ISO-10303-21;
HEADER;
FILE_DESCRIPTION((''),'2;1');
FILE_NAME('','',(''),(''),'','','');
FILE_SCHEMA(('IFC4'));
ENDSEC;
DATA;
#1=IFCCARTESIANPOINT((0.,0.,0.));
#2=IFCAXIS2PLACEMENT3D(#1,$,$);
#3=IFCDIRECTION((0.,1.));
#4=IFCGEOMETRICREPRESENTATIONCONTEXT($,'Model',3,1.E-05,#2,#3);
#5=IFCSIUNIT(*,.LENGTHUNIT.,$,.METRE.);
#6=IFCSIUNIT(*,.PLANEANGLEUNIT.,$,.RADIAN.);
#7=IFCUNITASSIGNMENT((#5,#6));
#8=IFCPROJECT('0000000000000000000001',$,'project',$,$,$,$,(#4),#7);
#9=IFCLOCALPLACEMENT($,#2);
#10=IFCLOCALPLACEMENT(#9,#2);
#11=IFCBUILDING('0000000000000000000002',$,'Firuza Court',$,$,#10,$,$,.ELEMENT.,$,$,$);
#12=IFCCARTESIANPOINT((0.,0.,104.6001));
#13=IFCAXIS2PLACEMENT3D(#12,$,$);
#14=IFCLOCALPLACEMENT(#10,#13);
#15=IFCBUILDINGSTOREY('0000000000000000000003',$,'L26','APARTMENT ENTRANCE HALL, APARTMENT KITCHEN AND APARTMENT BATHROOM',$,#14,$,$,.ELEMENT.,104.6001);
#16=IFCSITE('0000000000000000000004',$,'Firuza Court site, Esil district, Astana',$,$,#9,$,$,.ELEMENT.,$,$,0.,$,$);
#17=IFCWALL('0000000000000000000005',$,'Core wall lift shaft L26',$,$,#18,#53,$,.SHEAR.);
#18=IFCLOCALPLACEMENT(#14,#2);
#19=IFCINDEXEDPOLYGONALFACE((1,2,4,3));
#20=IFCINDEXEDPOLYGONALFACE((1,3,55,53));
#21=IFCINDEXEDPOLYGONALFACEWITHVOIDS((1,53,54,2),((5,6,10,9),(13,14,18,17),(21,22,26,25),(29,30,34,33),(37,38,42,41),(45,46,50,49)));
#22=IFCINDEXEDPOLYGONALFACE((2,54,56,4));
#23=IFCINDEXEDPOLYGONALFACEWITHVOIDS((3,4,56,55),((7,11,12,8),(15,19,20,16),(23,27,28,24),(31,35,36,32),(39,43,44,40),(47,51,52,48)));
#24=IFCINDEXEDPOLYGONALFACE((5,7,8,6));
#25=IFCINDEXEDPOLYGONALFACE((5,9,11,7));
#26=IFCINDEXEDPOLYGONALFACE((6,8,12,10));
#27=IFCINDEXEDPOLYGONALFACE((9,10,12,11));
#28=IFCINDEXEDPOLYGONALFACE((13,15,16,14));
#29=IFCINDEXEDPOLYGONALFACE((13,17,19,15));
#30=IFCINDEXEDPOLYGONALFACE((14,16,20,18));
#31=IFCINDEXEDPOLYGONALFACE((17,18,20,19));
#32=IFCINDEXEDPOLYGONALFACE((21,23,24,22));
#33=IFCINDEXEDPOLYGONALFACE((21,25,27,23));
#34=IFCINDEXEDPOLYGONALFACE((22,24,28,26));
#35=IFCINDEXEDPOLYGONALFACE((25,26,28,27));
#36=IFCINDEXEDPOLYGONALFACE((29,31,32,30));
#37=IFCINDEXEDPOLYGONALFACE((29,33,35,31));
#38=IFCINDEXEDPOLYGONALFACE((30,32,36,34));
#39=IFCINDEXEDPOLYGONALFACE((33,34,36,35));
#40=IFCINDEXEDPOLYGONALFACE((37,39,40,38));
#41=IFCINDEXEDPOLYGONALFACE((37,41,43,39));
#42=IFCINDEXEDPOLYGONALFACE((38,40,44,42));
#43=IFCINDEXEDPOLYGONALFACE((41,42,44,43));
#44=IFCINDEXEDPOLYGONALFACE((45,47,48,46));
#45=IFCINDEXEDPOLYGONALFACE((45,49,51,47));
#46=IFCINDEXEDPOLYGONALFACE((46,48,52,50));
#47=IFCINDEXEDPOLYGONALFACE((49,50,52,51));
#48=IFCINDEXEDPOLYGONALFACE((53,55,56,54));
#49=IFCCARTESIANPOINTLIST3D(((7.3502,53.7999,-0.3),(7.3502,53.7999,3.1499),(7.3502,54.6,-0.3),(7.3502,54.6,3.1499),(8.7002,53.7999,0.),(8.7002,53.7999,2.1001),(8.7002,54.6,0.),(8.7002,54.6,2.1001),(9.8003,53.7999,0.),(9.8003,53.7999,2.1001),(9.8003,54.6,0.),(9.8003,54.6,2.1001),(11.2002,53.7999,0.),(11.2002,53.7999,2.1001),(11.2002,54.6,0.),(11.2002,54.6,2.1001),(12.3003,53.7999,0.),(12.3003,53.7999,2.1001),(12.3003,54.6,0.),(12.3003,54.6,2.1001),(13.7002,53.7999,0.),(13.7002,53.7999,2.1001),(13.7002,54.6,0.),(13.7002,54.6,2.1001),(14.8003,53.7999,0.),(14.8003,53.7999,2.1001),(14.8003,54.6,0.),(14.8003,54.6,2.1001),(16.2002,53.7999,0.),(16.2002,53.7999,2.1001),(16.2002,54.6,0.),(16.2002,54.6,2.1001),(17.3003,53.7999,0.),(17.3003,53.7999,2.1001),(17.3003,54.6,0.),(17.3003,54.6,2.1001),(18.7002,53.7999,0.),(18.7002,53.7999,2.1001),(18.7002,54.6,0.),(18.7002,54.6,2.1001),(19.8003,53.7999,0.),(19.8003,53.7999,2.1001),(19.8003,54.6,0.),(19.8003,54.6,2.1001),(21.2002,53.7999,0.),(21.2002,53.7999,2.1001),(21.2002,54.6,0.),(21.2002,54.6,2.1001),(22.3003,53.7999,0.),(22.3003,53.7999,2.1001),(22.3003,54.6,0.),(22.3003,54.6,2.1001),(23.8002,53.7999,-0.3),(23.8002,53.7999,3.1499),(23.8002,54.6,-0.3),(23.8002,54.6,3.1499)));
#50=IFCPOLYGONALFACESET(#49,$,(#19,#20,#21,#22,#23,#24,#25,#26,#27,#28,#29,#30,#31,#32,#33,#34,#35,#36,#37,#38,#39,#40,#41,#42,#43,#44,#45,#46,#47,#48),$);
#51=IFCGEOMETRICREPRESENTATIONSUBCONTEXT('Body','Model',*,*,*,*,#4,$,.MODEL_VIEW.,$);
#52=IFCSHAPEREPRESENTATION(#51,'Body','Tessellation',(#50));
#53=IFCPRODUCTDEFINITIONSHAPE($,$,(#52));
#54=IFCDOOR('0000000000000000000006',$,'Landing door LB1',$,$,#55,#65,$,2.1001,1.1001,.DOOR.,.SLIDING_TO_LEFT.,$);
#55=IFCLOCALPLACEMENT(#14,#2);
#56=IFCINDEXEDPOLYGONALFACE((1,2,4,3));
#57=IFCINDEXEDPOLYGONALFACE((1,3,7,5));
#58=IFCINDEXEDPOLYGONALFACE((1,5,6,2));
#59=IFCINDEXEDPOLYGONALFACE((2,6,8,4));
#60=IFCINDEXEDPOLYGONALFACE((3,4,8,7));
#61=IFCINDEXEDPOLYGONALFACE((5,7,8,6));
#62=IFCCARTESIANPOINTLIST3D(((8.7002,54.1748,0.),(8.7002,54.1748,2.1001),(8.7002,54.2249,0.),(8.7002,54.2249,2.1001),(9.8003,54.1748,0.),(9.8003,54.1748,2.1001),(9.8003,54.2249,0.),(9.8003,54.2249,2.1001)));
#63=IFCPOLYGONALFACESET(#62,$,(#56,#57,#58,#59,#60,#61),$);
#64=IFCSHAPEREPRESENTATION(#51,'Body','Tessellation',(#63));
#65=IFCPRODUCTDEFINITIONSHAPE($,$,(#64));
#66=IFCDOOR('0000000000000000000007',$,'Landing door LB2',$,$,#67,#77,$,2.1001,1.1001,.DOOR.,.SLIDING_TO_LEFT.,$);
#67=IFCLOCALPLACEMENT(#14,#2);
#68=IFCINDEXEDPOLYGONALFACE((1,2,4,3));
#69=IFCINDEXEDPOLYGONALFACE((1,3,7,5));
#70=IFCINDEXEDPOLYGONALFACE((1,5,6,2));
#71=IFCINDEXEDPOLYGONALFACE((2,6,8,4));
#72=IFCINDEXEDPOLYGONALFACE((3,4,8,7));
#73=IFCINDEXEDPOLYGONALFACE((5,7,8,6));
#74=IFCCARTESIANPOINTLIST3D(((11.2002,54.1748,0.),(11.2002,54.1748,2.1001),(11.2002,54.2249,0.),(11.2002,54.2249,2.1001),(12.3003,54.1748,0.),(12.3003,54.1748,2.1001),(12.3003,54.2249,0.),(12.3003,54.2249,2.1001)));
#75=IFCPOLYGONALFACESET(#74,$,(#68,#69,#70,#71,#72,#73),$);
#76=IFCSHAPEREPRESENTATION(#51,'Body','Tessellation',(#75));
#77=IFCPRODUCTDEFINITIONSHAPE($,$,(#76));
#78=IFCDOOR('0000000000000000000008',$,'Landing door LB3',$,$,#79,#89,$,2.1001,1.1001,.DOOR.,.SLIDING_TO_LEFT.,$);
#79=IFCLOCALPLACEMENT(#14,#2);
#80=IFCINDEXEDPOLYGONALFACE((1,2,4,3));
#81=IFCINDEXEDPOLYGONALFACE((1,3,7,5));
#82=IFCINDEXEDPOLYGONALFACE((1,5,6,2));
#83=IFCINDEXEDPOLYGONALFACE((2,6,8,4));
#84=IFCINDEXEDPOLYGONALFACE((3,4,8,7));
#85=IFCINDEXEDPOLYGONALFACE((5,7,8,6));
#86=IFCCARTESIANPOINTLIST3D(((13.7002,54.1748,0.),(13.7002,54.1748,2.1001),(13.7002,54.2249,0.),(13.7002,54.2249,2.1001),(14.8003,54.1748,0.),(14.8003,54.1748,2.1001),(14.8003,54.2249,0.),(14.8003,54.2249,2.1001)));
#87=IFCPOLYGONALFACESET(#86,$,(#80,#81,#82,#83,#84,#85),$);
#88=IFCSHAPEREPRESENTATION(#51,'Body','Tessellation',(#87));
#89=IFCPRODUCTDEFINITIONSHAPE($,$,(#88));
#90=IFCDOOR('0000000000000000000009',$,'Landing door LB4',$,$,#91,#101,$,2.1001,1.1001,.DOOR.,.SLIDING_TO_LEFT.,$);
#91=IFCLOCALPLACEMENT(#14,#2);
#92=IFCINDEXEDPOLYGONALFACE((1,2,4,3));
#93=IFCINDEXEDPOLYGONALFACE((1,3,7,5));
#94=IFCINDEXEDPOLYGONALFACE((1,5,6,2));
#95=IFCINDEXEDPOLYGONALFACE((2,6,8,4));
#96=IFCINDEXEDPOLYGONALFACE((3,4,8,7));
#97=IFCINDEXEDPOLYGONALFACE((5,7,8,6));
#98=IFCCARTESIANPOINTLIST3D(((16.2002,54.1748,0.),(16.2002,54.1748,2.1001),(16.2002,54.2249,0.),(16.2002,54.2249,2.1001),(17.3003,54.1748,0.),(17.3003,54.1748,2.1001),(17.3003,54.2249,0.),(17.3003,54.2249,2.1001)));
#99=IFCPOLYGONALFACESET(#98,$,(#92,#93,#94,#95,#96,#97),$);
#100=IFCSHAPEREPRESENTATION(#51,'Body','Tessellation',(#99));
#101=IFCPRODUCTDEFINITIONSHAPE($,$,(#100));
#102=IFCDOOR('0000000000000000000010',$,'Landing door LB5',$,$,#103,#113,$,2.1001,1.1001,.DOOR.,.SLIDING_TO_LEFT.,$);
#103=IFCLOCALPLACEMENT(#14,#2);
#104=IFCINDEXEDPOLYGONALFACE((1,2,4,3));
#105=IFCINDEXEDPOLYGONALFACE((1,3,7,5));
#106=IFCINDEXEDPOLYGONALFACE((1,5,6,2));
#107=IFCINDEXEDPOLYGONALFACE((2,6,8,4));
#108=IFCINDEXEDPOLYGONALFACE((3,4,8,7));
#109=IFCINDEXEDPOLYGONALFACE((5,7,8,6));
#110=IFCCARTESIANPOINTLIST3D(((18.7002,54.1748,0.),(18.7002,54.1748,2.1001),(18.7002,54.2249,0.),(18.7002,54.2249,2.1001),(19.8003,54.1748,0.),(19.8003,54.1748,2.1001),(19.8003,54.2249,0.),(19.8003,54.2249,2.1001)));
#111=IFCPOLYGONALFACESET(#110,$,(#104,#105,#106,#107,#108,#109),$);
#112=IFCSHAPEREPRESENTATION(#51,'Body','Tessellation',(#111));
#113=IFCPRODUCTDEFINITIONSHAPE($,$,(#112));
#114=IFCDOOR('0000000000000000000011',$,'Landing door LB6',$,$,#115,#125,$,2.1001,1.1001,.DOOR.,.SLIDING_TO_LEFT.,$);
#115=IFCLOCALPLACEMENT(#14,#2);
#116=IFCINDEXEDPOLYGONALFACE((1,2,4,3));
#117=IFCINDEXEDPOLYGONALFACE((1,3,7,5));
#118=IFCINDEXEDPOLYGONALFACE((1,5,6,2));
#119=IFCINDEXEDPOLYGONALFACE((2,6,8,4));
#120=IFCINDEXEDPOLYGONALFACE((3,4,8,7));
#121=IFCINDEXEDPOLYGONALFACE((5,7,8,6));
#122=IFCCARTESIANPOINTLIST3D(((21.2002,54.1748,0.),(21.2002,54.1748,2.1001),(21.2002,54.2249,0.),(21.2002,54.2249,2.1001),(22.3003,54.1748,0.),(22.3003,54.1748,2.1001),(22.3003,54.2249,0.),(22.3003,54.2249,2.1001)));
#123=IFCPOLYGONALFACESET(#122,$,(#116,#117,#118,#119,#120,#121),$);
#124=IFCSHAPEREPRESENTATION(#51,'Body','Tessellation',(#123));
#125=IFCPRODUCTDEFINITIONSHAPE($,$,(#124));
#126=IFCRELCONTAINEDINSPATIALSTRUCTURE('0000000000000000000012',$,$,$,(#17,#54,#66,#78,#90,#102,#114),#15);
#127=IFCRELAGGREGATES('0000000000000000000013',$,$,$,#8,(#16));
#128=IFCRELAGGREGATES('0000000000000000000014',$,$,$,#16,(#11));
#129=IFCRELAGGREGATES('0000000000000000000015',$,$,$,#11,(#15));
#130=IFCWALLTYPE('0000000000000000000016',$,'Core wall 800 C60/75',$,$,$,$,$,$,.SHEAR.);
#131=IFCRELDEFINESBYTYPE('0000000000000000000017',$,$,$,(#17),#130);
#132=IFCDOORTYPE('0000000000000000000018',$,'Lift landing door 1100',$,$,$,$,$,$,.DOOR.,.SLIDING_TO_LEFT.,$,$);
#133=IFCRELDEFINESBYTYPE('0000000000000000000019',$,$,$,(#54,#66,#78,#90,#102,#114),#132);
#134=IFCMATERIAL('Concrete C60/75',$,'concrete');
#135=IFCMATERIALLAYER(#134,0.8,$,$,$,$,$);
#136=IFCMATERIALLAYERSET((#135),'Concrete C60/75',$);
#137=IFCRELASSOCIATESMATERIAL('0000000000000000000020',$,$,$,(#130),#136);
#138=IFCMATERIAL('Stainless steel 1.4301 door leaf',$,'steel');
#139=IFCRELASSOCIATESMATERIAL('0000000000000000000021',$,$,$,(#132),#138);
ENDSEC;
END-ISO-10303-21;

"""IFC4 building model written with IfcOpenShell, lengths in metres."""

from ifc_helpers import new_model, si_unit, direction, frame, frame_2d, origin, place, context, subcontext, project, spatial, rectangle, extrude, material, layer, layer_set, type_object, element, fill, save


model = new_model("IFC4")

# Units and contexts
model_context = context("Model", 3, precision=1e-05, world=origin(), true_north=direction((0.0, 1.0)))
body_context = subcontext(model_context, "Body", "Model", "MODEL_VIEW")
ifc_project = project(units=[si_unit("LENGTHUNIT", "METRE"), si_unit("PLANEANGLEUNIT", "RADIAN")], contexts=[model_context])

# Site, building, storey
site_placement = place(None, origin())
site = spatial("IfcSite", under=ifc_project, at=site_placement, Name="Firuza Court site, Esil district, Astana", CompositionType="ELEMENT", RefElevation=0.0)
building_placement = place(site_placement, origin())
building = spatial("IfcBuilding", under=site, at=building_placement, Name="Firuza Court", CompositionType="ELEMENT")
storey_placement = place(building_placement, frame((0.0, 0.0, 104.6001)))
storey = spatial("IfcBuildingStorey", under=building, at=storey_placement, Name="L26", Description="APARTMENT ENTRANCE HALL, APARTMENT KITCHEN AND APARTMENT BATHROOM", CompositionType="ELEMENT", Elevation=104.6001)

# Shared definitions
ifc_material_1 = material(Name="Concrete C60/75", Category="concrete")

# Wall, openings, doors
ifc_layer_1 = layer(ifc_material_1, 0.8)
ifc_layer_set_1 = layer_set([ifc_layer_1], Name="Concrete C60/75")
wall_type_1 = type_object("IfcWallType", Name="Core wall 800 C60/75", PredefinedType="SHEAR", material=ifc_layer_set_1)
wall_1_placement = place(storey_placement, frame((7.3501, 54.2, -0.3), z_axis=(0.0, 0.0, 1.0), x_axis=(1.0, 0.0, 0.0)))
wall_1 = element("IfcWall", 1, at=wall_1_placement, inside=storey, type_object=wall_type_1, Name="Core wall lift shaft L26", PredefinedType="SHEAR", context=body_context, shape_type="SweptSolid", body=[
    extrude(rectangle(XDim=16.45, YDim=0.8, at=frame_2d((8.2251, 0.0))), origin(), (0.0, 0.0, 1.0), 3.45),
])
opening_1_placement = place(wall_1_placement, frame((1.3501, 0.0, 0.3)))
opening_1 = element("IfcOpeningElement", 2, at=opening_1_placement, cuts=wall_1, PredefinedType="OPENING", context=body_context, shape_type="SweptSolid", body=[
    extrude(rectangle(XDim=1.1001, YDim=2.1001, at=frame_2d((0.55, 1.05))), frame((0.0, 0.4121, 0.0), z_axis=(0.0, -1.0, 0.0), x_axis=(1.0, 0.0, 0.0)), (0.0, 0.0, 1.0), 0.824),
])
opening_2_placement = place(wall_1_placement, frame((3.8501, 0.0, 0.3)))
opening_2 = element("IfcOpeningElement", 3, at=opening_2_placement, cuts=wall_1, PredefinedType="OPENING", context=body_context, shape_type="SweptSolid", body=[
    extrude(rectangle(XDim=1.1001, YDim=2.1001, at=frame_2d((0.55, 1.05))), frame((0.0, 0.4121, 0.0), z_axis=(0.0, -1.0, 0.0), x_axis=(1.0, 0.0, 0.0)), (0.0, 0.0, 1.0), 0.824),
])
opening_3_placement = place(wall_1_placement, frame((6.3501, 0.0, 0.3)))
opening_3 = element("IfcOpeningElement", 4, at=opening_3_placement, cuts=wall_1, PredefinedType="OPENING", context=body_context, shape_type="SweptSolid", body=[
    extrude(rectangle(XDim=1.1001, YDim=2.1001, at=frame_2d((0.55, 1.05))), frame((0.0, 0.4121, 0.0), z_axis=(0.0, -1.0, 0.0), x_axis=(1.0, 0.0, 0.0)), (0.0, 0.0, 1.0), 0.824),
])
opening_4_placement = place(wall_1_placement, frame((8.8501, 0.0, 0.3)))
opening_4 = element("IfcOpeningElement", 5, at=opening_4_placement, cuts=wall_1, PredefinedType="OPENING", context=body_context, shape_type="SweptSolid", body=[
    extrude(rectangle(XDim=1.1001, YDim=2.1001, at=frame_2d((0.55, 1.05))), frame((0.0, 0.4121, 0.0), z_axis=(0.0, -1.0, 0.0), x_axis=(1.0, 0.0, 0.0)), (0.0, 0.0, 1.0), 0.824),
])
opening_5_placement = place(wall_1_placement, frame((11.3501, 0.0, 0.3)))
opening_5 = element("IfcOpeningElement", 6, at=opening_5_placement, cuts=wall_1, PredefinedType="OPENING", context=body_context, shape_type="SweptSolid", body=[
    extrude(rectangle(XDim=1.1001, YDim=2.1001, at=frame_2d((0.55, 1.05))), frame((0.0, 0.4121, 0.0), z_axis=(0.0, -1.0, 0.0), x_axis=(1.0, 0.0, 0.0)), (0.0, 0.0, 1.0), 0.824),
])
opening_6_placement = place(wall_1_placement, frame((13.8501, 0.0, 0.3)))
opening_6 = element("IfcOpeningElement", 7, at=opening_6_placement, cuts=wall_1, PredefinedType="OPENING", context=body_context, shape_type="SweptSolid", body=[
    extrude(rectangle(XDim=1.1001, YDim=2.1001, at=frame_2d((0.55, 1.05))), frame((0.0, 0.4121, 0.0), z_axis=(0.0, -1.0, 0.0), x_axis=(1.0, 0.0, 0.0)), (0.0, 0.0, 1.0), 0.824),
])
ifc_material_2 = material(Name="Stainless steel 1.4301 door leaf", Category="steel")
door_type = type_object("IfcDoorType", Name="Lift landing door 1100", OperationType="SLIDING_TO_LEFT", PredefinedType="DOOR", material=ifc_material_2)
door_1_placement = place(opening_1_placement, origin())
door_1 = element("IfcDoor", 8, at=door_1_placement, inside=storey, type_object=door_type, Name="Landing door LB1", OperationType="SLIDING_TO_LEFT", OverallHeight=2.1001, OverallWidth=1.1001, PredefinedType="DOOR", context=body_context, shape_type="SweptSolid", body=[
    extrude(rectangle(XDim=1.1001, YDim=2.1001, at=frame_2d((0.55, 1.05))), frame((0.0, 0.0249, 0.0), z_axis=(0.0, -1.0, 0.0), x_axis=(1.0, 0.0, 0.0)), (0.0, 0.0, 1.0), 0.05),
])
fill(opening_1, door_1)
door_2_placement = place(opening_2_placement, origin())
door_2 = element("IfcDoor", 9, at=door_2_placement, inside=storey, type_object=door_type, Name="Landing door LB2", OperationType="SLIDING_TO_LEFT", OverallHeight=2.1001, OverallWidth=1.1001, PredefinedType="DOOR", context=body_context, shape_type="SweptSolid", body=[
    extrude(rectangle(XDim=1.1001, YDim=2.1001, at=frame_2d((0.55, 1.05))), frame((0.0, 0.0249, 0.0), z_axis=(0.0, -1.0, 0.0), x_axis=(1.0, 0.0, 0.0)), (0.0, 0.0, 1.0), 0.05),
])
fill(opening_2, door_2)
door_3_placement = place(opening_3_placement, origin())
door_3 = element("IfcDoor", 10, at=door_3_placement, inside=storey, type_object=door_type, Name="Landing door LB3", OperationType="SLIDING_TO_LEFT", OverallHeight=2.1001, OverallWidth=1.1001, PredefinedType="DOOR", context=body_context, shape_type="SweptSolid", body=[
    extrude(rectangle(XDim=1.1001, YDim=2.1001, at=frame_2d((0.55, 1.05))), frame((0.0, 0.0249, 0.0), z_axis=(0.0, -1.0, 0.0), x_axis=(1.0, 0.0, 0.0)), (0.0, 0.0, 1.0), 0.05),
])
fill(opening_3, door_3)
door_4_placement = place(opening_4_placement, origin())
door_4 = element("IfcDoor", 11, at=door_4_placement, inside=storey, type_object=door_type, Name="Landing door LB4", OperationType="SLIDING_TO_LEFT", OverallHeight=2.1001, OverallWidth=1.1001, PredefinedType="DOOR", context=body_context, shape_type="SweptSolid", body=[
    extrude(rectangle(XDim=1.1001, YDim=2.1001, at=frame_2d((0.55, 1.05))), frame((0.0, 0.0249, 0.0), z_axis=(0.0, -1.0, 0.0), x_axis=(1.0, 0.0, 0.0)), (0.0, 0.0, 1.0), 0.05),
])
fill(opening_4, door_4)
door_5_placement = place(opening_5_placement, origin())
door_5 = element("IfcDoor", 12, at=door_5_placement, inside=storey, type_object=door_type, Name="Landing door LB5", OperationType="SLIDING_TO_LEFT", OverallHeight=2.1001, OverallWidth=1.1001, PredefinedType="DOOR", context=body_context, shape_type="SweptSolid", body=[
    extrude(rectangle(XDim=1.1001, YDim=2.1001, at=frame_2d((0.55, 1.05))), frame((0.0, 0.0249, 0.0), z_axis=(0.0, -1.0, 0.0), x_axis=(1.0, 0.0, 0.0)), (0.0, 0.0, 1.0), 0.05),
])
fill(opening_5, door_5)
door_6_placement = place(opening_6_placement, origin())
door_6 = element("IfcDoor", 13, at=door_6_placement, inside=storey, type_object=door_type, Name="Landing door LB6", OperationType="SLIDING_TO_LEFT", OverallHeight=2.1001, OverallWidth=1.1001, PredefinedType="DOOR", context=body_context, shape_type="SweptSolid", body=[
    extrude(rectangle(XDim=1.1001, YDim=2.1001, at=frame_2d((0.55, 1.05))), frame((0.0, 0.0249, 0.0), z_axis=(0.0, -1.0, 0.0), x_axis=(1.0, 0.0, 0.0)), (0.0, 0.0, 1.0), 0.05),
])
fill(opening_6, door_6)

save(model, "model.ifc")
